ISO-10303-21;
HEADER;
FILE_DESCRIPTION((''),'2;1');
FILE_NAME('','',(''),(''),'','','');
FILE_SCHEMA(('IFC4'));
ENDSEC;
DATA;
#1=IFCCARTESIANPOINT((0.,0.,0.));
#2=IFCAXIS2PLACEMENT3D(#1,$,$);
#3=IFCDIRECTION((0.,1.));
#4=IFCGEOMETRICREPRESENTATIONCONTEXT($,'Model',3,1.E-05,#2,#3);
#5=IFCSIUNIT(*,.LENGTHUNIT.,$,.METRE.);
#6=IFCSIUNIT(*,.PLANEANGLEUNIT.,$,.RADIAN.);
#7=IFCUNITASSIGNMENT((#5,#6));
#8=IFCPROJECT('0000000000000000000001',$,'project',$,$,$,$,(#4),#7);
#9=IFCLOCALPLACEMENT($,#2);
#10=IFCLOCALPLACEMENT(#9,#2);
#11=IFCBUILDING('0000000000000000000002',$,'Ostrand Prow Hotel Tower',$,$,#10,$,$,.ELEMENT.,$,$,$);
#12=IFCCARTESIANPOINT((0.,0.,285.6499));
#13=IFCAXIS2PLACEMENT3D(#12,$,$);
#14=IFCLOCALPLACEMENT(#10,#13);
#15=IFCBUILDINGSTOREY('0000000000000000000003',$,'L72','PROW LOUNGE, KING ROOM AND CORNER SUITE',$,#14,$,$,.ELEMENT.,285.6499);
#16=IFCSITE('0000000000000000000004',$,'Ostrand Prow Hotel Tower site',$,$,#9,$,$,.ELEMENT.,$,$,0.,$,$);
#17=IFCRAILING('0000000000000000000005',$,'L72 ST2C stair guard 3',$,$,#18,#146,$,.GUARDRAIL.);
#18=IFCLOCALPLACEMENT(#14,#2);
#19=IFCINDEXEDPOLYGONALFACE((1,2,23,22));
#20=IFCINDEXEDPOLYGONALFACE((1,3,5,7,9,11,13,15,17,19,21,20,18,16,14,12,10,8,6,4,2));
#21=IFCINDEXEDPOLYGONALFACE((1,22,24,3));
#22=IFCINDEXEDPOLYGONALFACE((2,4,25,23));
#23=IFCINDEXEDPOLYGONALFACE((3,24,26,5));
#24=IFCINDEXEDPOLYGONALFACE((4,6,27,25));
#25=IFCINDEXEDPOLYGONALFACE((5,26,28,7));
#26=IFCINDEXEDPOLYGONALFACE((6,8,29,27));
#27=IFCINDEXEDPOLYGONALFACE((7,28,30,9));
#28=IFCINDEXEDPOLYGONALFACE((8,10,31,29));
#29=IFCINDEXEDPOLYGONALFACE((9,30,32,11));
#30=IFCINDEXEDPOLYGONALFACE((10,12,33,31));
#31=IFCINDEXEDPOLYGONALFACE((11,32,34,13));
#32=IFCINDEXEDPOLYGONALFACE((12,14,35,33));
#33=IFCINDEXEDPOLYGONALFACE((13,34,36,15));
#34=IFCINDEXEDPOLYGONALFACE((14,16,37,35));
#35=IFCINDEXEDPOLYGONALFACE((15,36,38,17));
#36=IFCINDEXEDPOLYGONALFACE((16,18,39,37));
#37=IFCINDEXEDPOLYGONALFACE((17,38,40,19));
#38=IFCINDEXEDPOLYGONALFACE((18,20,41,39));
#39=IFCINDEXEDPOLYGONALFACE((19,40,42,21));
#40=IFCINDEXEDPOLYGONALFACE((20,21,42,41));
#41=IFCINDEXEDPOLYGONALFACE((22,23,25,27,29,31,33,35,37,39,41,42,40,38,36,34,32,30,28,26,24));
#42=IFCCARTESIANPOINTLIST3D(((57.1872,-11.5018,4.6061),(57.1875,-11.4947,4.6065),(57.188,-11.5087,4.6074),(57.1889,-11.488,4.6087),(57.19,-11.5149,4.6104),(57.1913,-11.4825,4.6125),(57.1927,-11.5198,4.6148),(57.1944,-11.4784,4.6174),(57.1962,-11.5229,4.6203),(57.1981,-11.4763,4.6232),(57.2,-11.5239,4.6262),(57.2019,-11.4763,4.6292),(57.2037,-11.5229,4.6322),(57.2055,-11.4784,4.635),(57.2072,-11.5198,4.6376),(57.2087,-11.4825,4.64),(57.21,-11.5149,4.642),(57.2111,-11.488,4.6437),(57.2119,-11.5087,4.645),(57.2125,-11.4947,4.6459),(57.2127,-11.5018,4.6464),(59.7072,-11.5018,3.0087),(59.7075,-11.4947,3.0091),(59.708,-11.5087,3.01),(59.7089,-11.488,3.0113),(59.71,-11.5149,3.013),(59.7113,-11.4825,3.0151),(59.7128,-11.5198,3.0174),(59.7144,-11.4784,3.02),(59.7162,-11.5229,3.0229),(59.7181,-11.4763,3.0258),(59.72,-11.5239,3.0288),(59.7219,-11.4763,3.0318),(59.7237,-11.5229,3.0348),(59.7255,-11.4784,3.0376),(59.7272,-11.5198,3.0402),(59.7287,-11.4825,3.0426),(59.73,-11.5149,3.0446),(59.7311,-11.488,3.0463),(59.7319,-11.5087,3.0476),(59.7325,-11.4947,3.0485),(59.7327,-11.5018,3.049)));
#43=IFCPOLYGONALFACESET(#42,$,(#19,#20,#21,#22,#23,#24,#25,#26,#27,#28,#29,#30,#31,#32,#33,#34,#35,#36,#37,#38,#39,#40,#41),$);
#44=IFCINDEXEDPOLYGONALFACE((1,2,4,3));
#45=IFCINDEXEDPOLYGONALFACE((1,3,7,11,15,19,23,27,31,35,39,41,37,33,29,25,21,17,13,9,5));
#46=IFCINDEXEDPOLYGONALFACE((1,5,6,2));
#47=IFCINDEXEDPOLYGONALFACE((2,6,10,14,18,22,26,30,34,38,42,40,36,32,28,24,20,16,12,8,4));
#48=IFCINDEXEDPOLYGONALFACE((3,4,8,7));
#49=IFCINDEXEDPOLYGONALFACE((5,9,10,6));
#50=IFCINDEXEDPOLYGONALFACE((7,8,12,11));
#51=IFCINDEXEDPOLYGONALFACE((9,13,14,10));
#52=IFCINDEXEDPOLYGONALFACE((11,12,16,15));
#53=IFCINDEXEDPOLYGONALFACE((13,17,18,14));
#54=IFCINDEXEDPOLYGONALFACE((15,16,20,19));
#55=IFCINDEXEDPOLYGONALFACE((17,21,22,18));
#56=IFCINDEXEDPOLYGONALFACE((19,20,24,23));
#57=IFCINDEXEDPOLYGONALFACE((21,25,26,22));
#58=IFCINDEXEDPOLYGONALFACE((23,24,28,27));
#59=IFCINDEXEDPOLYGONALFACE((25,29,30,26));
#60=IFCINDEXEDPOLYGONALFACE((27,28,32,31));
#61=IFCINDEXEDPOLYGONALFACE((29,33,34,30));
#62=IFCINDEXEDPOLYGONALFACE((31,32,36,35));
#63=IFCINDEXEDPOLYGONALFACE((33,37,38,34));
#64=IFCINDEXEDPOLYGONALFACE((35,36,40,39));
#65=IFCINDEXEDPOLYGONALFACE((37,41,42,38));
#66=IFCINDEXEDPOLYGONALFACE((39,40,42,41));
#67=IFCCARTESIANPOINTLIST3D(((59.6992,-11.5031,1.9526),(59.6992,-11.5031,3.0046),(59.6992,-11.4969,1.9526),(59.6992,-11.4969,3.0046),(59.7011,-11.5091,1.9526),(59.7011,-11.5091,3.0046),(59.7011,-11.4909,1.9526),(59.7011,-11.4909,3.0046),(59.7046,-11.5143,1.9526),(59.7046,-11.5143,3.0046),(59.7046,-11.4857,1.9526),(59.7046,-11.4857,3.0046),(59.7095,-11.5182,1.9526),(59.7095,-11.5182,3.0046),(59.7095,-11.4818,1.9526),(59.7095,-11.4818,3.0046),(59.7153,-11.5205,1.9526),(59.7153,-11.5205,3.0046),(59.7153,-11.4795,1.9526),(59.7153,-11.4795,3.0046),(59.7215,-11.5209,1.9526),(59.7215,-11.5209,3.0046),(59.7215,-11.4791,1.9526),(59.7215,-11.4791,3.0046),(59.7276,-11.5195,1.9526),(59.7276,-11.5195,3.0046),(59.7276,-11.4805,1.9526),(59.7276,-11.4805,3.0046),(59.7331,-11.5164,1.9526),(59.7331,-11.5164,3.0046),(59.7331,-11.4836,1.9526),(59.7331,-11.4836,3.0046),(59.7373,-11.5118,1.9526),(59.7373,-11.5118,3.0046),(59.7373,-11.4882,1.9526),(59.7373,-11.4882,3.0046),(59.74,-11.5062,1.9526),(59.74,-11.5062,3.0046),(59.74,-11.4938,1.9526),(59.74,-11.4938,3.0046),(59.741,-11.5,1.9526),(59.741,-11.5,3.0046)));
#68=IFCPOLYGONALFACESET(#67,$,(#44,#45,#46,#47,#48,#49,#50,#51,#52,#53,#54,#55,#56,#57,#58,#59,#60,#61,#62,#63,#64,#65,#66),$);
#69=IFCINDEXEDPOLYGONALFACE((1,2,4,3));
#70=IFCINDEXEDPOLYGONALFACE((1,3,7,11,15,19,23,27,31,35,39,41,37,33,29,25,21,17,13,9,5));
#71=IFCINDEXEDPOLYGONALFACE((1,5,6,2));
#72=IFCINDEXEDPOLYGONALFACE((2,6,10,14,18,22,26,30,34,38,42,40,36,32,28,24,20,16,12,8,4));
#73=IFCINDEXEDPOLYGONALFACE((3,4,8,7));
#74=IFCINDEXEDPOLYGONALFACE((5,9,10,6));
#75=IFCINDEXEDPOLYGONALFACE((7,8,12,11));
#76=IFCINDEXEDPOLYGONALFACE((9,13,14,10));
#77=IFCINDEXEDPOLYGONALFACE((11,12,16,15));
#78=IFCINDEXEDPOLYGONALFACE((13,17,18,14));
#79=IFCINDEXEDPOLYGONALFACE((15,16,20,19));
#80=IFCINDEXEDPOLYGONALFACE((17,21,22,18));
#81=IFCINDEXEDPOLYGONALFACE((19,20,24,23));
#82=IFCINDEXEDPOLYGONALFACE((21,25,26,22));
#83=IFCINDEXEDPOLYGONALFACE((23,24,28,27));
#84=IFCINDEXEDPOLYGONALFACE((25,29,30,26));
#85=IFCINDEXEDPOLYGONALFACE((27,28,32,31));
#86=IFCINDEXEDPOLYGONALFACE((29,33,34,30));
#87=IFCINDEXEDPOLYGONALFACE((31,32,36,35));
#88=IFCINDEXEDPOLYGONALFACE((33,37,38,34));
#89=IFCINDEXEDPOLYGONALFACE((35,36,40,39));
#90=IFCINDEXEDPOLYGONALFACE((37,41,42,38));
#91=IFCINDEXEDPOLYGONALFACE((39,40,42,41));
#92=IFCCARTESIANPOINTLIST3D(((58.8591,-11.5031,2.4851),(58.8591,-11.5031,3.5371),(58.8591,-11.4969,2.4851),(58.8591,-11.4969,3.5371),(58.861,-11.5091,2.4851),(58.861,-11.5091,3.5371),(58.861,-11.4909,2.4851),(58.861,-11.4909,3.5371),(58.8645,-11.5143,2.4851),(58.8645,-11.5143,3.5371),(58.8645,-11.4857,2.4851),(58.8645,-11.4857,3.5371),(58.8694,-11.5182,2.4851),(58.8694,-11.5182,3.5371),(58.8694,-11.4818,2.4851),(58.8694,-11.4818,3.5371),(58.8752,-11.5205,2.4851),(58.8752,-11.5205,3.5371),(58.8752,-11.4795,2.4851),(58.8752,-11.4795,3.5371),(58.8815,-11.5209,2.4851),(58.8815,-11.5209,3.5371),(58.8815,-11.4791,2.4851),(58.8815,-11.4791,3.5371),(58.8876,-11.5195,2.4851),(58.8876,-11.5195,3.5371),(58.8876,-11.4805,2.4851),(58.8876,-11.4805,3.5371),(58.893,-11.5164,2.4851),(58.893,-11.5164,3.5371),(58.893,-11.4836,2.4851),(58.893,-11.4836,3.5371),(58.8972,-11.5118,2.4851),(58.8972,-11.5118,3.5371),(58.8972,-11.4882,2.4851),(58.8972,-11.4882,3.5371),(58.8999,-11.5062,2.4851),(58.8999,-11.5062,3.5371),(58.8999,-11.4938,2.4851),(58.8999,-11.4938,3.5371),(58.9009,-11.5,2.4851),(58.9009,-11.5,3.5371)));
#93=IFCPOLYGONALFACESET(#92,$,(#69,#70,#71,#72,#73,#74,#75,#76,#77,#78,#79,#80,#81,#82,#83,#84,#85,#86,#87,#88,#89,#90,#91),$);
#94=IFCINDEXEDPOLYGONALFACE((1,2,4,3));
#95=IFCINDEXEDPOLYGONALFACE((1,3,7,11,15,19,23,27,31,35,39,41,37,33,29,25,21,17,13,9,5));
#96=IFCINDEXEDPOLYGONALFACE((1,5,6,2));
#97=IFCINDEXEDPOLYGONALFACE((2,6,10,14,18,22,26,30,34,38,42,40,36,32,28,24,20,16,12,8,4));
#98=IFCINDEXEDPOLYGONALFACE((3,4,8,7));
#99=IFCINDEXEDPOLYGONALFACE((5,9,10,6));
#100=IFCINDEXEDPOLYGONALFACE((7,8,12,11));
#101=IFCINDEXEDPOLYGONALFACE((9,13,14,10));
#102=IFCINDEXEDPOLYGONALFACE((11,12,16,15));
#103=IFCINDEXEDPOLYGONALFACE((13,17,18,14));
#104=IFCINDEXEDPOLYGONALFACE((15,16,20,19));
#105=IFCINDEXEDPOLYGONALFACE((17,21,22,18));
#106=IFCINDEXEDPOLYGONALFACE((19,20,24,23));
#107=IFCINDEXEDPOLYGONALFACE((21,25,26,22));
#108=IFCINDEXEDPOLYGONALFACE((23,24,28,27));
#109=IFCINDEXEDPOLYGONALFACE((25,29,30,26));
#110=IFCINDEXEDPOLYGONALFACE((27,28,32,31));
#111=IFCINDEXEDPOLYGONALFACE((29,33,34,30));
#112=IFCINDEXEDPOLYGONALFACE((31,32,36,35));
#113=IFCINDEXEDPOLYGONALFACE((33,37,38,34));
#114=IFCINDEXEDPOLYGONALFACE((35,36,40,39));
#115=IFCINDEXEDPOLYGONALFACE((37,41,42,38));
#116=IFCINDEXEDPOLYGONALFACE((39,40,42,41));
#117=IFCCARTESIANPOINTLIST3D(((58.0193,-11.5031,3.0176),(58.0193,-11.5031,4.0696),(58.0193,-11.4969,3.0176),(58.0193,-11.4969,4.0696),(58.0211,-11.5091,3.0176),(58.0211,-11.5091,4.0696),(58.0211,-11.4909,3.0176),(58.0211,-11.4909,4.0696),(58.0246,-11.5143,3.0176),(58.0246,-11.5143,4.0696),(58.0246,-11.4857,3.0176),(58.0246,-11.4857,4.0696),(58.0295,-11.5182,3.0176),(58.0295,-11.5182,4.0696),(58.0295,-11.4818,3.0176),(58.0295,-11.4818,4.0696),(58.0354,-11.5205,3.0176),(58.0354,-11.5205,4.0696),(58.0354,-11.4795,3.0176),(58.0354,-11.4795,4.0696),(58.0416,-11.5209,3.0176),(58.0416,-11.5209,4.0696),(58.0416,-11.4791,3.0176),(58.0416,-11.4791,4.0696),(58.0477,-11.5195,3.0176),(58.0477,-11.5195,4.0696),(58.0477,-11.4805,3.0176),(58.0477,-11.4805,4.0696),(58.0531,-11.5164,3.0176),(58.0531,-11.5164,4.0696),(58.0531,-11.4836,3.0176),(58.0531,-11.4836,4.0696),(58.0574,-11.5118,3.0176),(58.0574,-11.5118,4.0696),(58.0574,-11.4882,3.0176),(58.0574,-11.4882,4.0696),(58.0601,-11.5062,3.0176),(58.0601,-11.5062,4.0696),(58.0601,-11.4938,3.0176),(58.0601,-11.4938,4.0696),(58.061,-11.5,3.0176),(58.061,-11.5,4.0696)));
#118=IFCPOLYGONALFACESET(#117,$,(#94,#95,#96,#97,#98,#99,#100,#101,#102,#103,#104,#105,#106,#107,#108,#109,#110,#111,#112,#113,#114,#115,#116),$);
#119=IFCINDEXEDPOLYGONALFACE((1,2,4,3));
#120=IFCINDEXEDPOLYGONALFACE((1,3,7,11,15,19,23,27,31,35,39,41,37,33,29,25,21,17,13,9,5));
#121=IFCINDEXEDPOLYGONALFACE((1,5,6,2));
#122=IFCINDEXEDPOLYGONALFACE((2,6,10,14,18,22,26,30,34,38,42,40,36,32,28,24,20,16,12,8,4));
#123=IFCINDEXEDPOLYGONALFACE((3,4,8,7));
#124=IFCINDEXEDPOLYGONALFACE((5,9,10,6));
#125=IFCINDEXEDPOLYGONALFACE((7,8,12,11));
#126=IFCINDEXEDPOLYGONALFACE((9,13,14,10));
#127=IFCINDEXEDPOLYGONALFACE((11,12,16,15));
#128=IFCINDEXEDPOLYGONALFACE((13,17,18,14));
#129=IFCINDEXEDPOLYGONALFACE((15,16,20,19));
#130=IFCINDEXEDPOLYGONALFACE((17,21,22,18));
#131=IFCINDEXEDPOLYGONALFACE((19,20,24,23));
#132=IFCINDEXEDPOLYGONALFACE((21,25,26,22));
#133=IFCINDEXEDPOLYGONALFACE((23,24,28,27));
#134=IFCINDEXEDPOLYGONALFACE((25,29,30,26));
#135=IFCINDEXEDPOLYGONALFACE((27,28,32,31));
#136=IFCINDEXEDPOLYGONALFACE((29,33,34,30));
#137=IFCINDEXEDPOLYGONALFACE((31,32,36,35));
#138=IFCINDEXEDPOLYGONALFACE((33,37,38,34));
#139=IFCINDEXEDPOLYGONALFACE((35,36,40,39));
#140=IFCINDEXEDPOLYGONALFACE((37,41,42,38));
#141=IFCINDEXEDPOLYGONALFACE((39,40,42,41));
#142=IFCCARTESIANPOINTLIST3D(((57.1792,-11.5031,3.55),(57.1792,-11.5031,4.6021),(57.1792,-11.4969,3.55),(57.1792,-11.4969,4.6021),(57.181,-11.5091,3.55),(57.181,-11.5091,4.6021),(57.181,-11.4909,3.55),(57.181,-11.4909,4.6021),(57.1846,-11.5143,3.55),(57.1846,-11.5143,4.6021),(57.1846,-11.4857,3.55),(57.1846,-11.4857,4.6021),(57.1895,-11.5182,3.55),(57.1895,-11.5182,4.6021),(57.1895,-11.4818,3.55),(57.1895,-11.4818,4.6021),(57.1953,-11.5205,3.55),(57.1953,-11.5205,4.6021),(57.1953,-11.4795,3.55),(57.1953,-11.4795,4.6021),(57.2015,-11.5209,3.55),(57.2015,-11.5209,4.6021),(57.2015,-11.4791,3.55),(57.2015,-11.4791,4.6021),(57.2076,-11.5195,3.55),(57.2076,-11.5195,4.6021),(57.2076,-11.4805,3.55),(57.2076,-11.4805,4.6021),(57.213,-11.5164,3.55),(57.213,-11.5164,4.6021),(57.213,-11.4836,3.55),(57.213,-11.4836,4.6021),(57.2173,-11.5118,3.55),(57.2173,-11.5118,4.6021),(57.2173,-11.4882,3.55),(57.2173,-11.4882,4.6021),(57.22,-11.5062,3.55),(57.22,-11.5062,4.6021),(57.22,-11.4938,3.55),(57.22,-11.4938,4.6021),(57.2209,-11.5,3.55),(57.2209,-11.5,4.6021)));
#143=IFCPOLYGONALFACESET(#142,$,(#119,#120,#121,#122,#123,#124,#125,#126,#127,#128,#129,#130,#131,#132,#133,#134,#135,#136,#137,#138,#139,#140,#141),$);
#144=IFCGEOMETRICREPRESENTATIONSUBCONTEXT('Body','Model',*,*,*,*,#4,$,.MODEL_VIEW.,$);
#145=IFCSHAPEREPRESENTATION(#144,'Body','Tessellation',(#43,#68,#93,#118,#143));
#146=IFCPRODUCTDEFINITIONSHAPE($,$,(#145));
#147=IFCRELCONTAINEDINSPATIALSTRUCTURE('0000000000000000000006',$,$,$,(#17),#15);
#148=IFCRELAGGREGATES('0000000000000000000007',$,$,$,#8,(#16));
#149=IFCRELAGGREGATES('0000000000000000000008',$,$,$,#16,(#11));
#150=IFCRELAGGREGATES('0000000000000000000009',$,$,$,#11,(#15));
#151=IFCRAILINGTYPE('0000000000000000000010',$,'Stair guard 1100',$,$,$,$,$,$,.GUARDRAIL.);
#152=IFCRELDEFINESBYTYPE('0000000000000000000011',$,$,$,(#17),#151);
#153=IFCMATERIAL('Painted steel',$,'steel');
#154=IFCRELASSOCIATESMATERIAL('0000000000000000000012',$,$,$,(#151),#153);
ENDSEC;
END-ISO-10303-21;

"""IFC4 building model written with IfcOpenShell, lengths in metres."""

from ifc_helpers import new_model, si_unit, direction, frame, origin, origin_2d, place, context, subcontext, project, spatial, circle, extrude, material, type_object, element, save


model = new_model("IFC4")

# Units and contexts
model_context = context("Model", 3, precision=1e-05, world=origin(), true_north=direction((0.0, 1.0)))
body_context = subcontext(model_context, "Body", "Model", "MODEL_VIEW")
ifc_project = project(units=[si_unit("LENGTHUNIT", "METRE"), si_unit("PLANEANGLEUNIT", "RADIAN")], contexts=[model_context])

# Site, building, storey
site_placement = place(None, origin())
site = spatial("IfcSite", under=ifc_project, at=site_placement, Name="Ostrand Prow Hotel Tower site", CompositionType="ELEMENT", RefElevation=0.0)
building_placement = place(site_placement, origin())
building = spatial("IfcBuilding", under=site, at=building_placement, Name="Ostrand Prow Hotel Tower", CompositionType="ELEMENT")
storey_placement = place(building_placement, frame((0.0, 0.0, 285.6499)))
storey = spatial("IfcBuildingStorey", under=building, at=storey_placement, Name="L72", Description="PROW LOUNGE, KING ROOM AND CORNER SUITE", CompositionType="ELEMENT", Elevation=285.6499)

# Railing
ifc_material_1 = material(Name="Painted steel", Category="steel")
railing_type_1 = type_object("IfcRailingType", Name="Stair guard 1100", PredefinedType="GUARDRAIL", material=ifc_material_1)
railing_1_placement = place(storey_placement, frame((59.72, -11.5, 1.9526)))
element("IfcRailing", 1, at=railing_1_placement, inside=storey, type_object=railing_type_1, Name="L72 ST2C stair guard 3", PredefinedType="GUARDRAIL", context=body_context, shape_type="SweptSolid", body=[
    extrude(circle(Radius=0.0239, at=origin_2d()), frame((0.0, 0.0, 1.0762), z_axis=(-0.844607, 0.0, 0.535387), x_axis=(0.0, -1.0, 0.0)), (0.0, 0.0, 1.0), 2.9836),
    extrude(circle(Radius=0.021, at=origin_2d()), origin(), (0.0, 0.0, 1.0), 1.052),
    extrude(circle(Radius=0.021, at=origin_2d()), frame((-0.8401, 0.0, 0.5325)), (0.0, 0.0, 1.0), 1.052),
    extrude(circle(Radius=0.021, at=origin_2d()), frame((-1.6799, 0.0, 1.0649)), (0.0, 0.0, 1.0), 1.052),
    extrude(circle(Radius=0.021, at=origin_2d()), frame((-2.52, 0.0, 1.5974)), (0.0, 0.0, 1.0), 1.052),
])

save(model, "model.ifc")
